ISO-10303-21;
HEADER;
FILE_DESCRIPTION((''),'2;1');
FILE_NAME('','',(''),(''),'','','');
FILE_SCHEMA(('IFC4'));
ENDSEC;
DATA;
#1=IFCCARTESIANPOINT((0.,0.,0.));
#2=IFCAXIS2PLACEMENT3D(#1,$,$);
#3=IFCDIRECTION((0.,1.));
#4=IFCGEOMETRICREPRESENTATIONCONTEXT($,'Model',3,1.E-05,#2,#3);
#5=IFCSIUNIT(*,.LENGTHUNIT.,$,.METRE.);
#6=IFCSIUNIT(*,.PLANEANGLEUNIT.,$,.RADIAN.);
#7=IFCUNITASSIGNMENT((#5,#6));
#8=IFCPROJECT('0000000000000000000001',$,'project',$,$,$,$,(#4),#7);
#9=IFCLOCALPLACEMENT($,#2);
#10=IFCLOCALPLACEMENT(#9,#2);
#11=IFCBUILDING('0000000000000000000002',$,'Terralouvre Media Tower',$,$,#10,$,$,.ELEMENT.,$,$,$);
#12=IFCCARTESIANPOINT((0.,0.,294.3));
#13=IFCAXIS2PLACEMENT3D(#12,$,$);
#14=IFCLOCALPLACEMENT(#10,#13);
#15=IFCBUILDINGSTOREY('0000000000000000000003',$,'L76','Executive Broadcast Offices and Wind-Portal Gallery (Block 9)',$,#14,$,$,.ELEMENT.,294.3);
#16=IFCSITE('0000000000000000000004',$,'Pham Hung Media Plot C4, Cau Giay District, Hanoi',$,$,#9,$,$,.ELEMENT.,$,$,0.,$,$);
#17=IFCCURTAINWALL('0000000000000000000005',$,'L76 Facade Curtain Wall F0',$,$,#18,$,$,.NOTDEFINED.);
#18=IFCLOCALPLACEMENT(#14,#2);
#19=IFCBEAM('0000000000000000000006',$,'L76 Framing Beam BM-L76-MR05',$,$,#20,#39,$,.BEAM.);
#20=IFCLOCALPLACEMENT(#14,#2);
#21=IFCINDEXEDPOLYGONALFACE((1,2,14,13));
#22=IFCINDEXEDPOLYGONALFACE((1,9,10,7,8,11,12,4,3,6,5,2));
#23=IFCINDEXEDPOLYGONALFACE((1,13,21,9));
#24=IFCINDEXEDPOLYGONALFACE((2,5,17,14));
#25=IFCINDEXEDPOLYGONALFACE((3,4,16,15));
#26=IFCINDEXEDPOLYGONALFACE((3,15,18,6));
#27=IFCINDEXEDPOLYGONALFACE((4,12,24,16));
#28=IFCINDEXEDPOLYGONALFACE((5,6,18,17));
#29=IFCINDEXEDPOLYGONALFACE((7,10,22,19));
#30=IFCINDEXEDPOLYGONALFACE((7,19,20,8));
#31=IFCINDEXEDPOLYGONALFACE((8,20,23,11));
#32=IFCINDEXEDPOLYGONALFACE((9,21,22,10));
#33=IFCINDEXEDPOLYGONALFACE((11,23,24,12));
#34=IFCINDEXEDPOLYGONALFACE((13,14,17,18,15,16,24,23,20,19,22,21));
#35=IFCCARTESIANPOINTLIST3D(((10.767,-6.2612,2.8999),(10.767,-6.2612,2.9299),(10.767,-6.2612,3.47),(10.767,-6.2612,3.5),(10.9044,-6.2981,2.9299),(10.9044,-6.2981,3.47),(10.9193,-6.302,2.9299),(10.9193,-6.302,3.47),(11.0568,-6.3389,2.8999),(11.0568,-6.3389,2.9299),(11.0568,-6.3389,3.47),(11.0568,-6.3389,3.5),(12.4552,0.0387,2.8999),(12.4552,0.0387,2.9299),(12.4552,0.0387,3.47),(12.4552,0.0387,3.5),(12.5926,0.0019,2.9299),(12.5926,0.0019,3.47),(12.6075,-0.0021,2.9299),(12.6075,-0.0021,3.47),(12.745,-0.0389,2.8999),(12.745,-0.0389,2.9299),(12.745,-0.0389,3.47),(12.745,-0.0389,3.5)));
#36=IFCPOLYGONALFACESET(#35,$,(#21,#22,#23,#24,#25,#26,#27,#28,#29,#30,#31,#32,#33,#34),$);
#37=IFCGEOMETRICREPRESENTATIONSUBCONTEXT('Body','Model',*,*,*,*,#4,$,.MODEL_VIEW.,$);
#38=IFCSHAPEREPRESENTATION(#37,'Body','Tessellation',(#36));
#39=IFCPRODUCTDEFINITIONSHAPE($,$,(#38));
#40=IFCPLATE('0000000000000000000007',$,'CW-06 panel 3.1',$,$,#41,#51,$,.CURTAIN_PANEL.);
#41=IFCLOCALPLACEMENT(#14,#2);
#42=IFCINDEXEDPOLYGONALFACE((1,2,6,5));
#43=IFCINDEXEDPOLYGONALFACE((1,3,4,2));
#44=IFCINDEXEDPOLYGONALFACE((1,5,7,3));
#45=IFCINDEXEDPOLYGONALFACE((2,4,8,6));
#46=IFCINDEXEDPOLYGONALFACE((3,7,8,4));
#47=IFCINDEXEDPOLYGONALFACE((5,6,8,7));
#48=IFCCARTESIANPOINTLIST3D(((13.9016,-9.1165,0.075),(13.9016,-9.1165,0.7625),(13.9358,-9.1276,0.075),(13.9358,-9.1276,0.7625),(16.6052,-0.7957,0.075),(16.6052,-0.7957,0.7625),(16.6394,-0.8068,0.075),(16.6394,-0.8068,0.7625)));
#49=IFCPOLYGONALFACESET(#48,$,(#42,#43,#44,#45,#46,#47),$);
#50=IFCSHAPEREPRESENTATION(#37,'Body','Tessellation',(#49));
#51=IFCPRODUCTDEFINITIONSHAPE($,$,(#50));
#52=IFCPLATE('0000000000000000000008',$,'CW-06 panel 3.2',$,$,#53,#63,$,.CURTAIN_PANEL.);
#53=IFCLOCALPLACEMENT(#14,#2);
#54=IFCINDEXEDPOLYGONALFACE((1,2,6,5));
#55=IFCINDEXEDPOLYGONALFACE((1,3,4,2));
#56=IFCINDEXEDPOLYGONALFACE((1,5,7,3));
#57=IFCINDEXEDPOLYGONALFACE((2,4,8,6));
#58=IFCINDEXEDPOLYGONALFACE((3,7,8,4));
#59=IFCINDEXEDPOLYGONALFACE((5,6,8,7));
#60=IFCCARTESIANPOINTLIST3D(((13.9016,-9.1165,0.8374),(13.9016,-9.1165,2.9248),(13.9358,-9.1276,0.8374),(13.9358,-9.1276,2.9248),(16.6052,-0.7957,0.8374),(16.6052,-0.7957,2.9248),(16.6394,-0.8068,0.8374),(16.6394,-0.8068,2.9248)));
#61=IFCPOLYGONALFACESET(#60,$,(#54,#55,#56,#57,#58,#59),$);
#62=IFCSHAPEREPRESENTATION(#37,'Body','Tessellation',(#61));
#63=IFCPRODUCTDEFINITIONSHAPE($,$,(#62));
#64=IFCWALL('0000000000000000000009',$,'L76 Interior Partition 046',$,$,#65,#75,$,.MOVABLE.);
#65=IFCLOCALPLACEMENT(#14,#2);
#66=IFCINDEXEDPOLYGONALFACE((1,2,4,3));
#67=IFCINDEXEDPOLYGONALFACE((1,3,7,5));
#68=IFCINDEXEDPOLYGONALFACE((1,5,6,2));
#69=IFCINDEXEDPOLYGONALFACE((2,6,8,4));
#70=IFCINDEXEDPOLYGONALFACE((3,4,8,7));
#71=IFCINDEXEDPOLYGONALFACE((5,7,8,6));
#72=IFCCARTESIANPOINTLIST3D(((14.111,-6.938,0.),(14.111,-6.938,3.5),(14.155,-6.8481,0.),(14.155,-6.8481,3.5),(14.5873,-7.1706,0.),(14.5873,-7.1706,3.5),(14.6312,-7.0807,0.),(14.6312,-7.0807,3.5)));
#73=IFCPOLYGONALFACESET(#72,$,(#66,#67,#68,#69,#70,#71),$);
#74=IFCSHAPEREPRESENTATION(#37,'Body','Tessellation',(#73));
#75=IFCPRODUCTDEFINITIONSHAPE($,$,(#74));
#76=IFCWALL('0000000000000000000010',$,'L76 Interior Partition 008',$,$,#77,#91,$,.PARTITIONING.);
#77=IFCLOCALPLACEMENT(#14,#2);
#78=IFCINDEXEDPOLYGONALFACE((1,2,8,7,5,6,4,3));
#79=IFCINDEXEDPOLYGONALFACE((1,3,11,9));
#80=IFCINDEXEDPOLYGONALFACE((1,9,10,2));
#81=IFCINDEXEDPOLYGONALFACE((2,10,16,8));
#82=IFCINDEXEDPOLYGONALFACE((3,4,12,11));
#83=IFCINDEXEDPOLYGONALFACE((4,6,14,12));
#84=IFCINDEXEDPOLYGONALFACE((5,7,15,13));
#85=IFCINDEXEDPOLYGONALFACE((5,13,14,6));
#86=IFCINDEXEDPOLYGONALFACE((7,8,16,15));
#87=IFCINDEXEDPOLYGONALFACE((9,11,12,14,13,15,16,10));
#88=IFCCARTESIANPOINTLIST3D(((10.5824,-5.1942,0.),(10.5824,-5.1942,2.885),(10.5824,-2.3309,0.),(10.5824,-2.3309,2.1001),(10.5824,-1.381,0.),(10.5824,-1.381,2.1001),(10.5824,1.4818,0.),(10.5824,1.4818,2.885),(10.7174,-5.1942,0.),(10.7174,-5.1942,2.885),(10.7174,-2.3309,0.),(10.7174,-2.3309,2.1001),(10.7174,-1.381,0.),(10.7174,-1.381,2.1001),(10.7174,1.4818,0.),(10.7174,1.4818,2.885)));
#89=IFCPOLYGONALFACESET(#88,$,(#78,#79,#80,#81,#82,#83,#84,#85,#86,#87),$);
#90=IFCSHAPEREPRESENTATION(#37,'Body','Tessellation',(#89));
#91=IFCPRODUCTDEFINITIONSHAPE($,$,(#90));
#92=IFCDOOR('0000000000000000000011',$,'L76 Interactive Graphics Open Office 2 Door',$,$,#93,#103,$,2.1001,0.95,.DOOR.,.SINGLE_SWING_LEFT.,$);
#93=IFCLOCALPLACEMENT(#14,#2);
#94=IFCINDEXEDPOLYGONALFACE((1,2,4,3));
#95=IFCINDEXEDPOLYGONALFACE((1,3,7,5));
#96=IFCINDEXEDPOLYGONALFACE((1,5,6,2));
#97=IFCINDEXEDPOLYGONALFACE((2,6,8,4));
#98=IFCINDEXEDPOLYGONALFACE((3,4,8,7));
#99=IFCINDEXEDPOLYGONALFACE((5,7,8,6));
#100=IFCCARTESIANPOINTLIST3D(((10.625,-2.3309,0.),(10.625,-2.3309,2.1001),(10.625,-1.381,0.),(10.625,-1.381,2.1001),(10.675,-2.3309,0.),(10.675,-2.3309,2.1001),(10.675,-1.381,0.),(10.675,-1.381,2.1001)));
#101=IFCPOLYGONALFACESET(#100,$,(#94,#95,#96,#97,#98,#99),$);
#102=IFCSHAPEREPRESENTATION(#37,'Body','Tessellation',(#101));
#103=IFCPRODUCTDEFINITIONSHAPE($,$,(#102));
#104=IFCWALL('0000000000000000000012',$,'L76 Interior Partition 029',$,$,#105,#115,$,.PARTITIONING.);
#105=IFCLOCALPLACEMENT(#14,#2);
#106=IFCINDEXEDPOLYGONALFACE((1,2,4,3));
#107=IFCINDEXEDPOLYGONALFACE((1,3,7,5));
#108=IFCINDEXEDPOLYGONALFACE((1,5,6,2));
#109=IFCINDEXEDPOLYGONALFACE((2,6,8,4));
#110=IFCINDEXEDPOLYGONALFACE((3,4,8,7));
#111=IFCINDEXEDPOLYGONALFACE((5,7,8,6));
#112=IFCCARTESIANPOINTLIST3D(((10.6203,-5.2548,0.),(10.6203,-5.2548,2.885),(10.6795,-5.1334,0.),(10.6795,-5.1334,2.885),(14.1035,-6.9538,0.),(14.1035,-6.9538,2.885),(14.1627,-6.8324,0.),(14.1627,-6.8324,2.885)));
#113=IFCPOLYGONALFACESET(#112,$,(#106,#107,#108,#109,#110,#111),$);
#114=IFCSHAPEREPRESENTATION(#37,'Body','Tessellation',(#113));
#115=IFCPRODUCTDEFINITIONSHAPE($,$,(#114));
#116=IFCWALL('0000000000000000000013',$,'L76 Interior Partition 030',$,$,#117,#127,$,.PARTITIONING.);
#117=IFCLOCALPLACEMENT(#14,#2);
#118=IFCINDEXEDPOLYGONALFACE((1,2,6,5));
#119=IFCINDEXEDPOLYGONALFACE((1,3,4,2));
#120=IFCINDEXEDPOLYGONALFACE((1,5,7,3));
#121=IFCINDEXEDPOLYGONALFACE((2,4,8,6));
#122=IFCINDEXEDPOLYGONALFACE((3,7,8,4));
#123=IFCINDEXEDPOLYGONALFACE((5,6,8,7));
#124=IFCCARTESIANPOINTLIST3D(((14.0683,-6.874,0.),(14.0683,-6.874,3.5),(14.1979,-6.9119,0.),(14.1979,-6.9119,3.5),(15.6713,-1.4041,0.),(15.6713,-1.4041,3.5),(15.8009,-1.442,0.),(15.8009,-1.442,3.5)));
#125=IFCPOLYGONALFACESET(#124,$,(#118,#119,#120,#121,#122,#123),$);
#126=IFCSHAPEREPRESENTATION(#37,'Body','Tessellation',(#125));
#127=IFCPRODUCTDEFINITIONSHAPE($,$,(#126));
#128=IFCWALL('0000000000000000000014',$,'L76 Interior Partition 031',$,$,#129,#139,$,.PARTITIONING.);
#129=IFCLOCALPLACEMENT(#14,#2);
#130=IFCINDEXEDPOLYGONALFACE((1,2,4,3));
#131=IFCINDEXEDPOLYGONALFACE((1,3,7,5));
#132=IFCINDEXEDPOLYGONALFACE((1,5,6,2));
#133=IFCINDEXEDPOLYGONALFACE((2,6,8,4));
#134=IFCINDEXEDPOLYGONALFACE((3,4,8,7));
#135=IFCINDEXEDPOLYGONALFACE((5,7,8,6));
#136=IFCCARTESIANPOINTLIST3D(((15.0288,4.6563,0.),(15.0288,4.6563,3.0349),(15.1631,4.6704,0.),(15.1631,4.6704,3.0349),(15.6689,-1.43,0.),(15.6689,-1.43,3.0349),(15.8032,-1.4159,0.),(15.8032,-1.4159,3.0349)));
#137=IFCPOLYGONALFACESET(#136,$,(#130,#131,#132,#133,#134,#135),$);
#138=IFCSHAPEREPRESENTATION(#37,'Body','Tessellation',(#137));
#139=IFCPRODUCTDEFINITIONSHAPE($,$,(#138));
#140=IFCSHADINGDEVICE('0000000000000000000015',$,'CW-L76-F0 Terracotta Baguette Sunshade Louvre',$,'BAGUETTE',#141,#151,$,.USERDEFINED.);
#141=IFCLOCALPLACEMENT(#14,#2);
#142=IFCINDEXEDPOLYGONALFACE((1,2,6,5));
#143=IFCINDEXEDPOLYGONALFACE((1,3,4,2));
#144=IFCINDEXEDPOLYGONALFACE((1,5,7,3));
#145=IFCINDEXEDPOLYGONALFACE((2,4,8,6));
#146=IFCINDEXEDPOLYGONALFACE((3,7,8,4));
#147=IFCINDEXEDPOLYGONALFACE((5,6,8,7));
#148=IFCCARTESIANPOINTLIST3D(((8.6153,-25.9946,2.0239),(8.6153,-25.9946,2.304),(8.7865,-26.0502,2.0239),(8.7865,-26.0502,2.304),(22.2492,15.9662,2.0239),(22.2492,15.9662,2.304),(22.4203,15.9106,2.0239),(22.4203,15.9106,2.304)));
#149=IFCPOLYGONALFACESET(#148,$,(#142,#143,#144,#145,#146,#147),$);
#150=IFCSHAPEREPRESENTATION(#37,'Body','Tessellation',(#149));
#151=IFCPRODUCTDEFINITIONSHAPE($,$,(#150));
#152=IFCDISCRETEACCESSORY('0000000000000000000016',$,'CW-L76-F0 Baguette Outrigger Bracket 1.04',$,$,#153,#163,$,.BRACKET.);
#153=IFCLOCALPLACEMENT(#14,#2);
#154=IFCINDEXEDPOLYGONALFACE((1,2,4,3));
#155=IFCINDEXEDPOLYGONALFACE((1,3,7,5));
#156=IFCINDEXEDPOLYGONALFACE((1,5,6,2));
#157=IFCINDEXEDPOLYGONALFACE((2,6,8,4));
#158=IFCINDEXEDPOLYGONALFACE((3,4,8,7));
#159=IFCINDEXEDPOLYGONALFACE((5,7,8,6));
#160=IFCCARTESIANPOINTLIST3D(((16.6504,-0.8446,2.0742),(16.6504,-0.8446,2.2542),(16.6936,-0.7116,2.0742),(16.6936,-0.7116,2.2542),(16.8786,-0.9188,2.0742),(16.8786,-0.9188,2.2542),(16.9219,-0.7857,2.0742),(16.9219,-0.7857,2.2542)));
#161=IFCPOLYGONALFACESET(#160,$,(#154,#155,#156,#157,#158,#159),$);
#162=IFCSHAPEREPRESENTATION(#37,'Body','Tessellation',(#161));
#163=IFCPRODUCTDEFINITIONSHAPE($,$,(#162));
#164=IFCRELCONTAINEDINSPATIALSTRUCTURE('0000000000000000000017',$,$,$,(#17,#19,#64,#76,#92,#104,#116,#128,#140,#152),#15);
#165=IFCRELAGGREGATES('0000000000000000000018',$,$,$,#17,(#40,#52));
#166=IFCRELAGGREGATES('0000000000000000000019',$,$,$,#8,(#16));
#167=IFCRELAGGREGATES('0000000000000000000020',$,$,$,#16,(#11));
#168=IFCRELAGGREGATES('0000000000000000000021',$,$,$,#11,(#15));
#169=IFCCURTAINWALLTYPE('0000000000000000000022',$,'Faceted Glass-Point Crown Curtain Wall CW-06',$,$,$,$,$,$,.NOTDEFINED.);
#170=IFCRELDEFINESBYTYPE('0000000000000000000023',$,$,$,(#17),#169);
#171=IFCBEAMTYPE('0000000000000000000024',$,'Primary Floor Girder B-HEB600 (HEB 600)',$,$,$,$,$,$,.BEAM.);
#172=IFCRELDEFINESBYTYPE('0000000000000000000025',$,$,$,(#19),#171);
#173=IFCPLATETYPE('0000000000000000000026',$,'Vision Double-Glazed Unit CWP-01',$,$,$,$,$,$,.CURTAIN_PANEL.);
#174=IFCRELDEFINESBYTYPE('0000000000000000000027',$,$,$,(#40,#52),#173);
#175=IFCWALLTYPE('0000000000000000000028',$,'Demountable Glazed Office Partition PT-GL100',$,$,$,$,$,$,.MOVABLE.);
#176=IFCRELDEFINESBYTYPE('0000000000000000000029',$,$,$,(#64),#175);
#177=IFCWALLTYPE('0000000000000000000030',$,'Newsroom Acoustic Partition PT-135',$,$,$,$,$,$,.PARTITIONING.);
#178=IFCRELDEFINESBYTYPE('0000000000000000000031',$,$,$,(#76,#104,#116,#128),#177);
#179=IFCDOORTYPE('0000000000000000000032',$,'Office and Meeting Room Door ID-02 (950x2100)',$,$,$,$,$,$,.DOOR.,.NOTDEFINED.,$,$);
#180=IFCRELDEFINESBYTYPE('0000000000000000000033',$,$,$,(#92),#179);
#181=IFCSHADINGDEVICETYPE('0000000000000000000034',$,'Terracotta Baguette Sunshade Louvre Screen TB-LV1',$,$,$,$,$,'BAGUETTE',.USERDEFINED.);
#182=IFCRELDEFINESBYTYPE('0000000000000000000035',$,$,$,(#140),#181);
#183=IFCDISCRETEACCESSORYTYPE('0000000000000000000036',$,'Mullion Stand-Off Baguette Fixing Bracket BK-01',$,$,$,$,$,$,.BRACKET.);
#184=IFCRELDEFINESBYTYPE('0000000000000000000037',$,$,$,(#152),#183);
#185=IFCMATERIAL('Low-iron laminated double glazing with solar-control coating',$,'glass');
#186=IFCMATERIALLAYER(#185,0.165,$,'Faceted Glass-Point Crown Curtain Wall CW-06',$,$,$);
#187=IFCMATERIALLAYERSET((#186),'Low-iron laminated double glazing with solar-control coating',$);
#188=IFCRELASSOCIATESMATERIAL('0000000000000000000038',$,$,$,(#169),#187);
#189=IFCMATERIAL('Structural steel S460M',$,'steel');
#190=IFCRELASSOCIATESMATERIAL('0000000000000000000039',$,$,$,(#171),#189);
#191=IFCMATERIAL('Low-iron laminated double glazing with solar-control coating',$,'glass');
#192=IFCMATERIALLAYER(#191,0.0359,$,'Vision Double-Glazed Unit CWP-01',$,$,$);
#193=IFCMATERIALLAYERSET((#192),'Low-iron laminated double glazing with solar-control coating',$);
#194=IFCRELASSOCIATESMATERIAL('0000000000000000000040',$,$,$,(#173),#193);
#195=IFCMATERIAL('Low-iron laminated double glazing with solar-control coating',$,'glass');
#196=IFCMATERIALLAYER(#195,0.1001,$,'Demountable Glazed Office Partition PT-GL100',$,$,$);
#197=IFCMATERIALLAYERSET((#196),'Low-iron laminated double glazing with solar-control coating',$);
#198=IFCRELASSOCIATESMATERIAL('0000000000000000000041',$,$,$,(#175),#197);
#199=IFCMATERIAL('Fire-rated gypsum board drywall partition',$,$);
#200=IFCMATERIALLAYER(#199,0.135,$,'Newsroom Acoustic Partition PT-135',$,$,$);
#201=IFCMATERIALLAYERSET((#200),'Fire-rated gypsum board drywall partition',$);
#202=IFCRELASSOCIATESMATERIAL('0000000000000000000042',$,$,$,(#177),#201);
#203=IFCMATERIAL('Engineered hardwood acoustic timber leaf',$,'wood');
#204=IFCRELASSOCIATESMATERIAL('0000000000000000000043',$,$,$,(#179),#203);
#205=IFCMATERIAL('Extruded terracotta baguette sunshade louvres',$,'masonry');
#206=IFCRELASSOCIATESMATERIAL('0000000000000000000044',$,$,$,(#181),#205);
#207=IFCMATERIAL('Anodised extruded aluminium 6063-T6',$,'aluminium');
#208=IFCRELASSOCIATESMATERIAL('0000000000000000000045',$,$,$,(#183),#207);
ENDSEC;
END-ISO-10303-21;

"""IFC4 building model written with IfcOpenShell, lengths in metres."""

from ifc_helpers import new_model, si_unit, direction, frame, frame_2d, origin, origin_2d, place, context, subcontext, project, spatial, rectangle, i_section, extrude, material, layer, layer_set, material_profile, profile_set, type_object, element, fill, aggregate, save


model = new_model("IFC4")

# Units and contexts
model_context = context("Model", 3, precision=1e-05, world=origin(), true_north=direction((0.0, 1.0)))
body_context = subcontext(model_context, "Body", "Model", "MODEL_VIEW")
ifc_project = project(units=[si_unit("LENGTHUNIT", "METRE"), si_unit("PLANEANGLEUNIT", "RADIAN")], contexts=[model_context])

# Site, building, storey
site_placement = place(None, origin())
site = spatial("IfcSite", under=ifc_project, at=site_placement, Name="Pham Hung Media Plot C4, Cau Giay District, Hanoi", CompositionType="ELEMENT", RefElevation=0.0)
building_placement = place(site_placement, origin())
building = spatial("IfcBuilding", under=site, at=building_placement, Name="Terralouvre Media Tower", CompositionType="ELEMENT")
storey_placement = place(building_placement, frame((0.0, 0.0, 294.3)))
storey = spatial("IfcBuildingStorey", under=building, at=storey_placement, Name="L76", Description="Executive Broadcast Offices and Wind-Portal Gallery (Block 9)", CompositionType="ELEMENT", Elevation=294.3)

# Curtain wall
ifc_material_1 = material(Name="Low-iron laminated double glazing with solar-control coating", Category="glass")
ifc_layer_1 = layer(ifc_material_1, 0.165, Name="Faceted Glass-Point Crown Curtain Wall CW-06")
ifc_layer_set_1 = layer_set([ifc_layer_1], Name="Low-iron laminated double glazing with solar-control coating")
curtain_wall_type = type_object("IfcCurtainWallType", Name="Faceted Glass-Point Crown Curtain Wall CW-06", PredefinedType="NOTDEFINED", material=ifc_layer_set_1)
curtain_wall_placement = place(storey_placement, origin())
curtain_wall = element("IfcCurtainWall", 1, at=curtain_wall_placement, inside=storey, type_object=curtain_wall_type, Name="L76 Facade Curtain Wall F0", PredefinedType="NOTDEFINED")

# Beam
ifc_material_2 = material(Name="Structural steel S460M", Category="steel")
ifc_material_profile_1 = material_profile(ifc_material_2, i_section(OverallWidth=0.3, OverallDepth=0.6001, WebThickness=0.0154, FlangeThickness=0.03, at=origin_2d()), Name="HEB 600")
ifc_profile_set_1 = profile_set([ifc_material_profile_1], Name="Structural steel S460M")
beam_type_1 = type_object("IfcBeamType", Name="Primary Floor Girder B-HEB600 (HEB 600)", PredefinedType="BEAM", material=ifc_profile_set_1)
beam_1_placement = place(storey_placement, frame((10.9119, -6.3, 3.2), z_axis=(0.258839, 0.96592, 0.0), x_axis=(-0.96592, 0.258839, 0.0)))
element("IfcBeam", 2, at=beam_1_placement, inside=storey, type_object=beam_type_1, Name="L76 Framing Beam BM-L76-MR05", PredefinedType="BEAM", context=body_context, shape_type="SweptSolid", body=[
    extrude(i_section(OverallWidth=0.3, OverallDepth=0.6001, WebThickness=0.0154, FlangeThickness=0.03, at=origin_2d()), origin(), (0.0, 0.0, 1.0), 6.5222),
])

# Plates
ifc_material_3 = material(Name="Low-iron laminated double glazing with solar-control coating", Category="glass")
ifc_layer_2 = layer(ifc_material_3, 0.0359, Name="Vision Double-Glazed Unit CWP-01")
ifc_layer_set_2 = layer_set([ifc_layer_2], Name="Low-iron laminated double glazing with solar-control coating")
plate_type = type_object("IfcPlateType", Name="Vision Double-Glazed Unit CWP-01", PredefinedType="CURTAIN_PANEL", material=ifc_layer_set_2)
plate_1_placement = place(storey_placement, frame((15.2705, -4.9617, 0.075), z_axis=(0.0, 0.0, 1.0), x_axis=(0.309017, 0.951057, 0.0)))
plate_1 = element("IfcPlate", 3, at=plate_1_placement, type_object=plate_type, Name="CW-06 panel 3.1", PredefinedType="CURTAIN_PANEL", context=body_context, shape_type="SweptSolid", body=[
    extrude(rectangle(XDim=8.749, YDim=0.0359, at=origin_2d()), origin(), (0.0, 0.0, 1.0), 0.6875),
])
plate_2_placement = place(storey_placement, frame((15.2705, -4.9617, 0.8374), z_axis=(0.0, 0.0, 1.0), x_axis=(0.309017, 0.951057, 0.0)))
plate_2 = element("IfcPlate", 4, at=plate_2_placement, type_object=plate_type, Name="CW-06 panel 3.2", PredefinedType="CURTAIN_PANEL", context=body_context, shape_type="SweptSolid", body=[
    extrude(rectangle(XDim=8.749, YDim=0.0359, at=origin_2d()), origin(), (0.0, 0.0, 1.0), 2.0874),
])
aggregate(curtain_wall, [plate_1, plate_2])

# Wall
ifc_material_4 = material(Name="Low-iron laminated double glazing with solar-control coating", Category="glass")
ifc_layer_3 = layer(ifc_material_4, 0.1001, Name="Demountable Glazed Office Partition PT-GL100")
ifc_layer_set_3 = layer_set([ifc_layer_3], Name="Low-iron laminated double glazing with solar-control coating")
wall_type_1 = type_object("IfcWallType", Name="Demountable Glazed Office Partition PT-GL100", PredefinedType="MOVABLE", material=ifc_layer_set_3)
wall_1_placement = place(storey_placement, frame((14.6094, -7.1257, 0.0), z_axis=(0.0, 0.0, 1.0), x_axis=(-0.898534, 0.438904, 0.0)))
element("IfcWall", 5, at=wall_1_placement, inside=storey, type_object=wall_type_1, Name="L76 Interior Partition 046", PredefinedType="MOVABLE", context=body_context, shape_type="SweptSolid", body=[
    extrude(rectangle(XDim=0.53, YDim=0.1001, at=frame_2d((0.2651, 0.0))), origin(), (0.0, 0.0, 1.0), 3.5),
])

# Wall, opening, door
ifc_material_5 = material(Name="Fire-rated gypsum board drywall partition")
ifc_layer_4 = layer(ifc_material_5, 0.135, Name="Newsroom Acoustic Partition PT-135")
ifc_layer_set_4 = layer_set([ifc_layer_4], Name="Fire-rated gypsum board drywall partition")
wall_type_2 = type_object("IfcWallType", Name="Newsroom Acoustic Partition PT-135", PredefinedType="PARTITIONING", material=ifc_layer_set_4)
wall_2_placement = place(storey_placement, frame((10.6499, -5.1941, 0.0), z_axis=(0.0, 0.0, 1.0), x_axis=(0.0, 1.0, 0.0)))
wall_2 = element("IfcWall", 6, at=wall_2_placement, inside=storey, type_object=wall_type_2, Name="L76 Interior Partition 008", PredefinedType="PARTITIONING", context=body_context, shape_type="SweptSolid", body=[
    extrude(rectangle(XDim=6.676, YDim=0.135, at=frame_2d((3.3379, 0.0))), origin(), (0.0, 0.0, 1.0), 2.885),
])
opening_placement = place(wall_2_placement, frame((2.863, 0.0, 0.0)))
opening = element("IfcOpeningElement", 7, at=opening_placement, cuts=wall_2, PredefinedType="OPENING", context=body_context, shape_type="SweptSolid", body=[
    extrude(rectangle(XDim=0.95, YDim=2.1001, at=frame_2d((0.4751, 1.05))), frame((0.0, 0.0774, 0.0), z_axis=(0.0, -1.0, 0.0), x_axis=(1.0, 0.0, 0.0)), (0.0, 0.0, 1.0), 0.155),
])
ifc_material_6 = material(Name="Engineered hardwood acoustic timber leaf", Category="wood")
door_type = type_object("IfcDoorType", Name="Office and Meeting Room Door ID-02 (950x2100)", OperationType="NOTDEFINED", PredefinedType="DOOR", material=ifc_material_6)
door_placement = place(opening_placement, origin())
door = element("IfcDoor", 8, at=door_placement, inside=storey, type_object=door_type, Name="L76 Interactive Graphics Open Office 2 Door", OperationType="SINGLE_SWING_LEFT", OverallHeight=2.1001, OverallWidth=0.95, PredefinedType="DOOR", context=body_context, shape_type="SweptSolid", body=[
    extrude(rectangle(XDim=0.95, YDim=2.1001, at=frame_2d((0.4751, 1.05))), frame((0.0, 0.0249, 0.0), z_axis=(0.0, -1.0, 0.0), x_axis=(1.0, 0.0, 0.0)), (0.0, 0.0, 1.0), 0.05),
])
fill(opening, door)

# Walls
wall_3_placement = place(storey_placement, frame((10.6499, -5.1941, 0.0), z_axis=(0.0, 0.0, 1.0), x_axis=(0.898781, -0.438398, 0.0)))
element("IfcWall", 9, at=wall_3_placement, inside=storey, type_object=wall_type_2, Name="L76 Interior Partition 029", PredefinedType="PARTITIONING", context=body_context, shape_type="SweptSolid", body=[
    extrude(rectangle(XDim=3.8755, YDim=0.135, at=frame_2d((1.9377, 0.0))), origin(), (0.0, 0.0, 1.0), 2.885),
])
wall_4_placement = place(storey_placement, frame((14.1331, -6.8931, 0.0), z_axis=(0.0, 0.0, 1.0), x_axis=(0.281232, 0.95964, 0.0)))
element("IfcWall", 10, at=wall_4_placement, inside=storey, type_object=wall_type_2, Name="L76 Interior Partition 030", PredefinedType="PARTITIONING", context=body_context, shape_type="SweptSolid", body=[
    extrude(rectangle(XDim=5.7, YDim=0.135, at=frame_2d((2.8501, 0.0))), origin(), (0.0, 0.0, 1.0), 3.5),
])
wall_5_placement = place(storey_placement, frame((15.7361, -1.4231, 0.0), z_axis=(0.0, 0.0, 1.0), x_axis=(-0.104602, 0.994514, 0.0)))
element("IfcWall", 11, at=wall_5_placement, inside=storey, type_object=wall_type_2, Name="L76 Interior Partition 031", PredefinedType="PARTITIONING", context=body_context, shape_type="SweptSolid", body=[
    extrude(rectangle(XDim=6.1199, YDim=0.135, at=frame_2d((3.0601, 0.0))), origin(), (0.0, 0.0, 1.0), 3.0349),
])

# Shading device
ifc_material_7 = material(Name="Extruded terracotta baguette sunshade louvres", Category="masonry")
shading_device_type = type_object("IfcShadingDeviceType", Name="Terracotta Baguette Sunshade Louvre Screen TB-LV1", ElementType="BAGUETTE", PredefinedType="USERDEFINED", material=ifc_material_7)
shading_device_placement = place(storey_placement, frame((15.5178, -5.042, 2.0239), z_axis=(0.0, 0.0, 1.0), x_axis=(0.309017, 0.951057, 0.0)))
element("IfcShadingDevice", 12, at=shading_device_placement, inside=storey, type_object=shading_device_type, Name="CW-L76-F0 Terracotta Baguette Sunshade Louvre", ObjectType="BAGUETTE", PredefinedType="USERDEFINED", context=body_context, shape_type="SweptSolid", body=[
    extrude(rectangle(XDim=44.1201, YDim=0.1799, at=origin_2d()), origin(), (0.0, 0.0, 1.0), 0.28),
])

# Discrete accessory
ifc_material_8 = material(Name="Anodised extruded aluminium 6063-T6", Category="aluminium")
discrete_accessory_type = type_object("IfcDiscreteAccessoryType", Name="Mullion Stand-Off Baguette Fixing Bracket BK-01", PredefinedType="BRACKET", material=ifc_material_8)
discrete_accessory_placement = place(storey_placement, frame((16.7861, -0.8152, 2.0742), z_axis=(0.0, 0.0, 1.0), x_axis=(0.309017, 0.951057, 0.0)))
element("IfcDiscreteAccessory", 13, at=discrete_accessory_placement, inside=storey, type_object=discrete_accessory_type, Name="CW-L76-F0 Baguette Outrigger Bracket 1.04", PredefinedType="BRACKET", context=body_context, shape_type="SweptSolid", body=[
    extrude(rectangle(XDim=0.1399, YDim=0.24, at=origin_2d()), origin(), (0.0, 0.0, 1.0), 0.1799),
])

save(model, "model.ifc")
